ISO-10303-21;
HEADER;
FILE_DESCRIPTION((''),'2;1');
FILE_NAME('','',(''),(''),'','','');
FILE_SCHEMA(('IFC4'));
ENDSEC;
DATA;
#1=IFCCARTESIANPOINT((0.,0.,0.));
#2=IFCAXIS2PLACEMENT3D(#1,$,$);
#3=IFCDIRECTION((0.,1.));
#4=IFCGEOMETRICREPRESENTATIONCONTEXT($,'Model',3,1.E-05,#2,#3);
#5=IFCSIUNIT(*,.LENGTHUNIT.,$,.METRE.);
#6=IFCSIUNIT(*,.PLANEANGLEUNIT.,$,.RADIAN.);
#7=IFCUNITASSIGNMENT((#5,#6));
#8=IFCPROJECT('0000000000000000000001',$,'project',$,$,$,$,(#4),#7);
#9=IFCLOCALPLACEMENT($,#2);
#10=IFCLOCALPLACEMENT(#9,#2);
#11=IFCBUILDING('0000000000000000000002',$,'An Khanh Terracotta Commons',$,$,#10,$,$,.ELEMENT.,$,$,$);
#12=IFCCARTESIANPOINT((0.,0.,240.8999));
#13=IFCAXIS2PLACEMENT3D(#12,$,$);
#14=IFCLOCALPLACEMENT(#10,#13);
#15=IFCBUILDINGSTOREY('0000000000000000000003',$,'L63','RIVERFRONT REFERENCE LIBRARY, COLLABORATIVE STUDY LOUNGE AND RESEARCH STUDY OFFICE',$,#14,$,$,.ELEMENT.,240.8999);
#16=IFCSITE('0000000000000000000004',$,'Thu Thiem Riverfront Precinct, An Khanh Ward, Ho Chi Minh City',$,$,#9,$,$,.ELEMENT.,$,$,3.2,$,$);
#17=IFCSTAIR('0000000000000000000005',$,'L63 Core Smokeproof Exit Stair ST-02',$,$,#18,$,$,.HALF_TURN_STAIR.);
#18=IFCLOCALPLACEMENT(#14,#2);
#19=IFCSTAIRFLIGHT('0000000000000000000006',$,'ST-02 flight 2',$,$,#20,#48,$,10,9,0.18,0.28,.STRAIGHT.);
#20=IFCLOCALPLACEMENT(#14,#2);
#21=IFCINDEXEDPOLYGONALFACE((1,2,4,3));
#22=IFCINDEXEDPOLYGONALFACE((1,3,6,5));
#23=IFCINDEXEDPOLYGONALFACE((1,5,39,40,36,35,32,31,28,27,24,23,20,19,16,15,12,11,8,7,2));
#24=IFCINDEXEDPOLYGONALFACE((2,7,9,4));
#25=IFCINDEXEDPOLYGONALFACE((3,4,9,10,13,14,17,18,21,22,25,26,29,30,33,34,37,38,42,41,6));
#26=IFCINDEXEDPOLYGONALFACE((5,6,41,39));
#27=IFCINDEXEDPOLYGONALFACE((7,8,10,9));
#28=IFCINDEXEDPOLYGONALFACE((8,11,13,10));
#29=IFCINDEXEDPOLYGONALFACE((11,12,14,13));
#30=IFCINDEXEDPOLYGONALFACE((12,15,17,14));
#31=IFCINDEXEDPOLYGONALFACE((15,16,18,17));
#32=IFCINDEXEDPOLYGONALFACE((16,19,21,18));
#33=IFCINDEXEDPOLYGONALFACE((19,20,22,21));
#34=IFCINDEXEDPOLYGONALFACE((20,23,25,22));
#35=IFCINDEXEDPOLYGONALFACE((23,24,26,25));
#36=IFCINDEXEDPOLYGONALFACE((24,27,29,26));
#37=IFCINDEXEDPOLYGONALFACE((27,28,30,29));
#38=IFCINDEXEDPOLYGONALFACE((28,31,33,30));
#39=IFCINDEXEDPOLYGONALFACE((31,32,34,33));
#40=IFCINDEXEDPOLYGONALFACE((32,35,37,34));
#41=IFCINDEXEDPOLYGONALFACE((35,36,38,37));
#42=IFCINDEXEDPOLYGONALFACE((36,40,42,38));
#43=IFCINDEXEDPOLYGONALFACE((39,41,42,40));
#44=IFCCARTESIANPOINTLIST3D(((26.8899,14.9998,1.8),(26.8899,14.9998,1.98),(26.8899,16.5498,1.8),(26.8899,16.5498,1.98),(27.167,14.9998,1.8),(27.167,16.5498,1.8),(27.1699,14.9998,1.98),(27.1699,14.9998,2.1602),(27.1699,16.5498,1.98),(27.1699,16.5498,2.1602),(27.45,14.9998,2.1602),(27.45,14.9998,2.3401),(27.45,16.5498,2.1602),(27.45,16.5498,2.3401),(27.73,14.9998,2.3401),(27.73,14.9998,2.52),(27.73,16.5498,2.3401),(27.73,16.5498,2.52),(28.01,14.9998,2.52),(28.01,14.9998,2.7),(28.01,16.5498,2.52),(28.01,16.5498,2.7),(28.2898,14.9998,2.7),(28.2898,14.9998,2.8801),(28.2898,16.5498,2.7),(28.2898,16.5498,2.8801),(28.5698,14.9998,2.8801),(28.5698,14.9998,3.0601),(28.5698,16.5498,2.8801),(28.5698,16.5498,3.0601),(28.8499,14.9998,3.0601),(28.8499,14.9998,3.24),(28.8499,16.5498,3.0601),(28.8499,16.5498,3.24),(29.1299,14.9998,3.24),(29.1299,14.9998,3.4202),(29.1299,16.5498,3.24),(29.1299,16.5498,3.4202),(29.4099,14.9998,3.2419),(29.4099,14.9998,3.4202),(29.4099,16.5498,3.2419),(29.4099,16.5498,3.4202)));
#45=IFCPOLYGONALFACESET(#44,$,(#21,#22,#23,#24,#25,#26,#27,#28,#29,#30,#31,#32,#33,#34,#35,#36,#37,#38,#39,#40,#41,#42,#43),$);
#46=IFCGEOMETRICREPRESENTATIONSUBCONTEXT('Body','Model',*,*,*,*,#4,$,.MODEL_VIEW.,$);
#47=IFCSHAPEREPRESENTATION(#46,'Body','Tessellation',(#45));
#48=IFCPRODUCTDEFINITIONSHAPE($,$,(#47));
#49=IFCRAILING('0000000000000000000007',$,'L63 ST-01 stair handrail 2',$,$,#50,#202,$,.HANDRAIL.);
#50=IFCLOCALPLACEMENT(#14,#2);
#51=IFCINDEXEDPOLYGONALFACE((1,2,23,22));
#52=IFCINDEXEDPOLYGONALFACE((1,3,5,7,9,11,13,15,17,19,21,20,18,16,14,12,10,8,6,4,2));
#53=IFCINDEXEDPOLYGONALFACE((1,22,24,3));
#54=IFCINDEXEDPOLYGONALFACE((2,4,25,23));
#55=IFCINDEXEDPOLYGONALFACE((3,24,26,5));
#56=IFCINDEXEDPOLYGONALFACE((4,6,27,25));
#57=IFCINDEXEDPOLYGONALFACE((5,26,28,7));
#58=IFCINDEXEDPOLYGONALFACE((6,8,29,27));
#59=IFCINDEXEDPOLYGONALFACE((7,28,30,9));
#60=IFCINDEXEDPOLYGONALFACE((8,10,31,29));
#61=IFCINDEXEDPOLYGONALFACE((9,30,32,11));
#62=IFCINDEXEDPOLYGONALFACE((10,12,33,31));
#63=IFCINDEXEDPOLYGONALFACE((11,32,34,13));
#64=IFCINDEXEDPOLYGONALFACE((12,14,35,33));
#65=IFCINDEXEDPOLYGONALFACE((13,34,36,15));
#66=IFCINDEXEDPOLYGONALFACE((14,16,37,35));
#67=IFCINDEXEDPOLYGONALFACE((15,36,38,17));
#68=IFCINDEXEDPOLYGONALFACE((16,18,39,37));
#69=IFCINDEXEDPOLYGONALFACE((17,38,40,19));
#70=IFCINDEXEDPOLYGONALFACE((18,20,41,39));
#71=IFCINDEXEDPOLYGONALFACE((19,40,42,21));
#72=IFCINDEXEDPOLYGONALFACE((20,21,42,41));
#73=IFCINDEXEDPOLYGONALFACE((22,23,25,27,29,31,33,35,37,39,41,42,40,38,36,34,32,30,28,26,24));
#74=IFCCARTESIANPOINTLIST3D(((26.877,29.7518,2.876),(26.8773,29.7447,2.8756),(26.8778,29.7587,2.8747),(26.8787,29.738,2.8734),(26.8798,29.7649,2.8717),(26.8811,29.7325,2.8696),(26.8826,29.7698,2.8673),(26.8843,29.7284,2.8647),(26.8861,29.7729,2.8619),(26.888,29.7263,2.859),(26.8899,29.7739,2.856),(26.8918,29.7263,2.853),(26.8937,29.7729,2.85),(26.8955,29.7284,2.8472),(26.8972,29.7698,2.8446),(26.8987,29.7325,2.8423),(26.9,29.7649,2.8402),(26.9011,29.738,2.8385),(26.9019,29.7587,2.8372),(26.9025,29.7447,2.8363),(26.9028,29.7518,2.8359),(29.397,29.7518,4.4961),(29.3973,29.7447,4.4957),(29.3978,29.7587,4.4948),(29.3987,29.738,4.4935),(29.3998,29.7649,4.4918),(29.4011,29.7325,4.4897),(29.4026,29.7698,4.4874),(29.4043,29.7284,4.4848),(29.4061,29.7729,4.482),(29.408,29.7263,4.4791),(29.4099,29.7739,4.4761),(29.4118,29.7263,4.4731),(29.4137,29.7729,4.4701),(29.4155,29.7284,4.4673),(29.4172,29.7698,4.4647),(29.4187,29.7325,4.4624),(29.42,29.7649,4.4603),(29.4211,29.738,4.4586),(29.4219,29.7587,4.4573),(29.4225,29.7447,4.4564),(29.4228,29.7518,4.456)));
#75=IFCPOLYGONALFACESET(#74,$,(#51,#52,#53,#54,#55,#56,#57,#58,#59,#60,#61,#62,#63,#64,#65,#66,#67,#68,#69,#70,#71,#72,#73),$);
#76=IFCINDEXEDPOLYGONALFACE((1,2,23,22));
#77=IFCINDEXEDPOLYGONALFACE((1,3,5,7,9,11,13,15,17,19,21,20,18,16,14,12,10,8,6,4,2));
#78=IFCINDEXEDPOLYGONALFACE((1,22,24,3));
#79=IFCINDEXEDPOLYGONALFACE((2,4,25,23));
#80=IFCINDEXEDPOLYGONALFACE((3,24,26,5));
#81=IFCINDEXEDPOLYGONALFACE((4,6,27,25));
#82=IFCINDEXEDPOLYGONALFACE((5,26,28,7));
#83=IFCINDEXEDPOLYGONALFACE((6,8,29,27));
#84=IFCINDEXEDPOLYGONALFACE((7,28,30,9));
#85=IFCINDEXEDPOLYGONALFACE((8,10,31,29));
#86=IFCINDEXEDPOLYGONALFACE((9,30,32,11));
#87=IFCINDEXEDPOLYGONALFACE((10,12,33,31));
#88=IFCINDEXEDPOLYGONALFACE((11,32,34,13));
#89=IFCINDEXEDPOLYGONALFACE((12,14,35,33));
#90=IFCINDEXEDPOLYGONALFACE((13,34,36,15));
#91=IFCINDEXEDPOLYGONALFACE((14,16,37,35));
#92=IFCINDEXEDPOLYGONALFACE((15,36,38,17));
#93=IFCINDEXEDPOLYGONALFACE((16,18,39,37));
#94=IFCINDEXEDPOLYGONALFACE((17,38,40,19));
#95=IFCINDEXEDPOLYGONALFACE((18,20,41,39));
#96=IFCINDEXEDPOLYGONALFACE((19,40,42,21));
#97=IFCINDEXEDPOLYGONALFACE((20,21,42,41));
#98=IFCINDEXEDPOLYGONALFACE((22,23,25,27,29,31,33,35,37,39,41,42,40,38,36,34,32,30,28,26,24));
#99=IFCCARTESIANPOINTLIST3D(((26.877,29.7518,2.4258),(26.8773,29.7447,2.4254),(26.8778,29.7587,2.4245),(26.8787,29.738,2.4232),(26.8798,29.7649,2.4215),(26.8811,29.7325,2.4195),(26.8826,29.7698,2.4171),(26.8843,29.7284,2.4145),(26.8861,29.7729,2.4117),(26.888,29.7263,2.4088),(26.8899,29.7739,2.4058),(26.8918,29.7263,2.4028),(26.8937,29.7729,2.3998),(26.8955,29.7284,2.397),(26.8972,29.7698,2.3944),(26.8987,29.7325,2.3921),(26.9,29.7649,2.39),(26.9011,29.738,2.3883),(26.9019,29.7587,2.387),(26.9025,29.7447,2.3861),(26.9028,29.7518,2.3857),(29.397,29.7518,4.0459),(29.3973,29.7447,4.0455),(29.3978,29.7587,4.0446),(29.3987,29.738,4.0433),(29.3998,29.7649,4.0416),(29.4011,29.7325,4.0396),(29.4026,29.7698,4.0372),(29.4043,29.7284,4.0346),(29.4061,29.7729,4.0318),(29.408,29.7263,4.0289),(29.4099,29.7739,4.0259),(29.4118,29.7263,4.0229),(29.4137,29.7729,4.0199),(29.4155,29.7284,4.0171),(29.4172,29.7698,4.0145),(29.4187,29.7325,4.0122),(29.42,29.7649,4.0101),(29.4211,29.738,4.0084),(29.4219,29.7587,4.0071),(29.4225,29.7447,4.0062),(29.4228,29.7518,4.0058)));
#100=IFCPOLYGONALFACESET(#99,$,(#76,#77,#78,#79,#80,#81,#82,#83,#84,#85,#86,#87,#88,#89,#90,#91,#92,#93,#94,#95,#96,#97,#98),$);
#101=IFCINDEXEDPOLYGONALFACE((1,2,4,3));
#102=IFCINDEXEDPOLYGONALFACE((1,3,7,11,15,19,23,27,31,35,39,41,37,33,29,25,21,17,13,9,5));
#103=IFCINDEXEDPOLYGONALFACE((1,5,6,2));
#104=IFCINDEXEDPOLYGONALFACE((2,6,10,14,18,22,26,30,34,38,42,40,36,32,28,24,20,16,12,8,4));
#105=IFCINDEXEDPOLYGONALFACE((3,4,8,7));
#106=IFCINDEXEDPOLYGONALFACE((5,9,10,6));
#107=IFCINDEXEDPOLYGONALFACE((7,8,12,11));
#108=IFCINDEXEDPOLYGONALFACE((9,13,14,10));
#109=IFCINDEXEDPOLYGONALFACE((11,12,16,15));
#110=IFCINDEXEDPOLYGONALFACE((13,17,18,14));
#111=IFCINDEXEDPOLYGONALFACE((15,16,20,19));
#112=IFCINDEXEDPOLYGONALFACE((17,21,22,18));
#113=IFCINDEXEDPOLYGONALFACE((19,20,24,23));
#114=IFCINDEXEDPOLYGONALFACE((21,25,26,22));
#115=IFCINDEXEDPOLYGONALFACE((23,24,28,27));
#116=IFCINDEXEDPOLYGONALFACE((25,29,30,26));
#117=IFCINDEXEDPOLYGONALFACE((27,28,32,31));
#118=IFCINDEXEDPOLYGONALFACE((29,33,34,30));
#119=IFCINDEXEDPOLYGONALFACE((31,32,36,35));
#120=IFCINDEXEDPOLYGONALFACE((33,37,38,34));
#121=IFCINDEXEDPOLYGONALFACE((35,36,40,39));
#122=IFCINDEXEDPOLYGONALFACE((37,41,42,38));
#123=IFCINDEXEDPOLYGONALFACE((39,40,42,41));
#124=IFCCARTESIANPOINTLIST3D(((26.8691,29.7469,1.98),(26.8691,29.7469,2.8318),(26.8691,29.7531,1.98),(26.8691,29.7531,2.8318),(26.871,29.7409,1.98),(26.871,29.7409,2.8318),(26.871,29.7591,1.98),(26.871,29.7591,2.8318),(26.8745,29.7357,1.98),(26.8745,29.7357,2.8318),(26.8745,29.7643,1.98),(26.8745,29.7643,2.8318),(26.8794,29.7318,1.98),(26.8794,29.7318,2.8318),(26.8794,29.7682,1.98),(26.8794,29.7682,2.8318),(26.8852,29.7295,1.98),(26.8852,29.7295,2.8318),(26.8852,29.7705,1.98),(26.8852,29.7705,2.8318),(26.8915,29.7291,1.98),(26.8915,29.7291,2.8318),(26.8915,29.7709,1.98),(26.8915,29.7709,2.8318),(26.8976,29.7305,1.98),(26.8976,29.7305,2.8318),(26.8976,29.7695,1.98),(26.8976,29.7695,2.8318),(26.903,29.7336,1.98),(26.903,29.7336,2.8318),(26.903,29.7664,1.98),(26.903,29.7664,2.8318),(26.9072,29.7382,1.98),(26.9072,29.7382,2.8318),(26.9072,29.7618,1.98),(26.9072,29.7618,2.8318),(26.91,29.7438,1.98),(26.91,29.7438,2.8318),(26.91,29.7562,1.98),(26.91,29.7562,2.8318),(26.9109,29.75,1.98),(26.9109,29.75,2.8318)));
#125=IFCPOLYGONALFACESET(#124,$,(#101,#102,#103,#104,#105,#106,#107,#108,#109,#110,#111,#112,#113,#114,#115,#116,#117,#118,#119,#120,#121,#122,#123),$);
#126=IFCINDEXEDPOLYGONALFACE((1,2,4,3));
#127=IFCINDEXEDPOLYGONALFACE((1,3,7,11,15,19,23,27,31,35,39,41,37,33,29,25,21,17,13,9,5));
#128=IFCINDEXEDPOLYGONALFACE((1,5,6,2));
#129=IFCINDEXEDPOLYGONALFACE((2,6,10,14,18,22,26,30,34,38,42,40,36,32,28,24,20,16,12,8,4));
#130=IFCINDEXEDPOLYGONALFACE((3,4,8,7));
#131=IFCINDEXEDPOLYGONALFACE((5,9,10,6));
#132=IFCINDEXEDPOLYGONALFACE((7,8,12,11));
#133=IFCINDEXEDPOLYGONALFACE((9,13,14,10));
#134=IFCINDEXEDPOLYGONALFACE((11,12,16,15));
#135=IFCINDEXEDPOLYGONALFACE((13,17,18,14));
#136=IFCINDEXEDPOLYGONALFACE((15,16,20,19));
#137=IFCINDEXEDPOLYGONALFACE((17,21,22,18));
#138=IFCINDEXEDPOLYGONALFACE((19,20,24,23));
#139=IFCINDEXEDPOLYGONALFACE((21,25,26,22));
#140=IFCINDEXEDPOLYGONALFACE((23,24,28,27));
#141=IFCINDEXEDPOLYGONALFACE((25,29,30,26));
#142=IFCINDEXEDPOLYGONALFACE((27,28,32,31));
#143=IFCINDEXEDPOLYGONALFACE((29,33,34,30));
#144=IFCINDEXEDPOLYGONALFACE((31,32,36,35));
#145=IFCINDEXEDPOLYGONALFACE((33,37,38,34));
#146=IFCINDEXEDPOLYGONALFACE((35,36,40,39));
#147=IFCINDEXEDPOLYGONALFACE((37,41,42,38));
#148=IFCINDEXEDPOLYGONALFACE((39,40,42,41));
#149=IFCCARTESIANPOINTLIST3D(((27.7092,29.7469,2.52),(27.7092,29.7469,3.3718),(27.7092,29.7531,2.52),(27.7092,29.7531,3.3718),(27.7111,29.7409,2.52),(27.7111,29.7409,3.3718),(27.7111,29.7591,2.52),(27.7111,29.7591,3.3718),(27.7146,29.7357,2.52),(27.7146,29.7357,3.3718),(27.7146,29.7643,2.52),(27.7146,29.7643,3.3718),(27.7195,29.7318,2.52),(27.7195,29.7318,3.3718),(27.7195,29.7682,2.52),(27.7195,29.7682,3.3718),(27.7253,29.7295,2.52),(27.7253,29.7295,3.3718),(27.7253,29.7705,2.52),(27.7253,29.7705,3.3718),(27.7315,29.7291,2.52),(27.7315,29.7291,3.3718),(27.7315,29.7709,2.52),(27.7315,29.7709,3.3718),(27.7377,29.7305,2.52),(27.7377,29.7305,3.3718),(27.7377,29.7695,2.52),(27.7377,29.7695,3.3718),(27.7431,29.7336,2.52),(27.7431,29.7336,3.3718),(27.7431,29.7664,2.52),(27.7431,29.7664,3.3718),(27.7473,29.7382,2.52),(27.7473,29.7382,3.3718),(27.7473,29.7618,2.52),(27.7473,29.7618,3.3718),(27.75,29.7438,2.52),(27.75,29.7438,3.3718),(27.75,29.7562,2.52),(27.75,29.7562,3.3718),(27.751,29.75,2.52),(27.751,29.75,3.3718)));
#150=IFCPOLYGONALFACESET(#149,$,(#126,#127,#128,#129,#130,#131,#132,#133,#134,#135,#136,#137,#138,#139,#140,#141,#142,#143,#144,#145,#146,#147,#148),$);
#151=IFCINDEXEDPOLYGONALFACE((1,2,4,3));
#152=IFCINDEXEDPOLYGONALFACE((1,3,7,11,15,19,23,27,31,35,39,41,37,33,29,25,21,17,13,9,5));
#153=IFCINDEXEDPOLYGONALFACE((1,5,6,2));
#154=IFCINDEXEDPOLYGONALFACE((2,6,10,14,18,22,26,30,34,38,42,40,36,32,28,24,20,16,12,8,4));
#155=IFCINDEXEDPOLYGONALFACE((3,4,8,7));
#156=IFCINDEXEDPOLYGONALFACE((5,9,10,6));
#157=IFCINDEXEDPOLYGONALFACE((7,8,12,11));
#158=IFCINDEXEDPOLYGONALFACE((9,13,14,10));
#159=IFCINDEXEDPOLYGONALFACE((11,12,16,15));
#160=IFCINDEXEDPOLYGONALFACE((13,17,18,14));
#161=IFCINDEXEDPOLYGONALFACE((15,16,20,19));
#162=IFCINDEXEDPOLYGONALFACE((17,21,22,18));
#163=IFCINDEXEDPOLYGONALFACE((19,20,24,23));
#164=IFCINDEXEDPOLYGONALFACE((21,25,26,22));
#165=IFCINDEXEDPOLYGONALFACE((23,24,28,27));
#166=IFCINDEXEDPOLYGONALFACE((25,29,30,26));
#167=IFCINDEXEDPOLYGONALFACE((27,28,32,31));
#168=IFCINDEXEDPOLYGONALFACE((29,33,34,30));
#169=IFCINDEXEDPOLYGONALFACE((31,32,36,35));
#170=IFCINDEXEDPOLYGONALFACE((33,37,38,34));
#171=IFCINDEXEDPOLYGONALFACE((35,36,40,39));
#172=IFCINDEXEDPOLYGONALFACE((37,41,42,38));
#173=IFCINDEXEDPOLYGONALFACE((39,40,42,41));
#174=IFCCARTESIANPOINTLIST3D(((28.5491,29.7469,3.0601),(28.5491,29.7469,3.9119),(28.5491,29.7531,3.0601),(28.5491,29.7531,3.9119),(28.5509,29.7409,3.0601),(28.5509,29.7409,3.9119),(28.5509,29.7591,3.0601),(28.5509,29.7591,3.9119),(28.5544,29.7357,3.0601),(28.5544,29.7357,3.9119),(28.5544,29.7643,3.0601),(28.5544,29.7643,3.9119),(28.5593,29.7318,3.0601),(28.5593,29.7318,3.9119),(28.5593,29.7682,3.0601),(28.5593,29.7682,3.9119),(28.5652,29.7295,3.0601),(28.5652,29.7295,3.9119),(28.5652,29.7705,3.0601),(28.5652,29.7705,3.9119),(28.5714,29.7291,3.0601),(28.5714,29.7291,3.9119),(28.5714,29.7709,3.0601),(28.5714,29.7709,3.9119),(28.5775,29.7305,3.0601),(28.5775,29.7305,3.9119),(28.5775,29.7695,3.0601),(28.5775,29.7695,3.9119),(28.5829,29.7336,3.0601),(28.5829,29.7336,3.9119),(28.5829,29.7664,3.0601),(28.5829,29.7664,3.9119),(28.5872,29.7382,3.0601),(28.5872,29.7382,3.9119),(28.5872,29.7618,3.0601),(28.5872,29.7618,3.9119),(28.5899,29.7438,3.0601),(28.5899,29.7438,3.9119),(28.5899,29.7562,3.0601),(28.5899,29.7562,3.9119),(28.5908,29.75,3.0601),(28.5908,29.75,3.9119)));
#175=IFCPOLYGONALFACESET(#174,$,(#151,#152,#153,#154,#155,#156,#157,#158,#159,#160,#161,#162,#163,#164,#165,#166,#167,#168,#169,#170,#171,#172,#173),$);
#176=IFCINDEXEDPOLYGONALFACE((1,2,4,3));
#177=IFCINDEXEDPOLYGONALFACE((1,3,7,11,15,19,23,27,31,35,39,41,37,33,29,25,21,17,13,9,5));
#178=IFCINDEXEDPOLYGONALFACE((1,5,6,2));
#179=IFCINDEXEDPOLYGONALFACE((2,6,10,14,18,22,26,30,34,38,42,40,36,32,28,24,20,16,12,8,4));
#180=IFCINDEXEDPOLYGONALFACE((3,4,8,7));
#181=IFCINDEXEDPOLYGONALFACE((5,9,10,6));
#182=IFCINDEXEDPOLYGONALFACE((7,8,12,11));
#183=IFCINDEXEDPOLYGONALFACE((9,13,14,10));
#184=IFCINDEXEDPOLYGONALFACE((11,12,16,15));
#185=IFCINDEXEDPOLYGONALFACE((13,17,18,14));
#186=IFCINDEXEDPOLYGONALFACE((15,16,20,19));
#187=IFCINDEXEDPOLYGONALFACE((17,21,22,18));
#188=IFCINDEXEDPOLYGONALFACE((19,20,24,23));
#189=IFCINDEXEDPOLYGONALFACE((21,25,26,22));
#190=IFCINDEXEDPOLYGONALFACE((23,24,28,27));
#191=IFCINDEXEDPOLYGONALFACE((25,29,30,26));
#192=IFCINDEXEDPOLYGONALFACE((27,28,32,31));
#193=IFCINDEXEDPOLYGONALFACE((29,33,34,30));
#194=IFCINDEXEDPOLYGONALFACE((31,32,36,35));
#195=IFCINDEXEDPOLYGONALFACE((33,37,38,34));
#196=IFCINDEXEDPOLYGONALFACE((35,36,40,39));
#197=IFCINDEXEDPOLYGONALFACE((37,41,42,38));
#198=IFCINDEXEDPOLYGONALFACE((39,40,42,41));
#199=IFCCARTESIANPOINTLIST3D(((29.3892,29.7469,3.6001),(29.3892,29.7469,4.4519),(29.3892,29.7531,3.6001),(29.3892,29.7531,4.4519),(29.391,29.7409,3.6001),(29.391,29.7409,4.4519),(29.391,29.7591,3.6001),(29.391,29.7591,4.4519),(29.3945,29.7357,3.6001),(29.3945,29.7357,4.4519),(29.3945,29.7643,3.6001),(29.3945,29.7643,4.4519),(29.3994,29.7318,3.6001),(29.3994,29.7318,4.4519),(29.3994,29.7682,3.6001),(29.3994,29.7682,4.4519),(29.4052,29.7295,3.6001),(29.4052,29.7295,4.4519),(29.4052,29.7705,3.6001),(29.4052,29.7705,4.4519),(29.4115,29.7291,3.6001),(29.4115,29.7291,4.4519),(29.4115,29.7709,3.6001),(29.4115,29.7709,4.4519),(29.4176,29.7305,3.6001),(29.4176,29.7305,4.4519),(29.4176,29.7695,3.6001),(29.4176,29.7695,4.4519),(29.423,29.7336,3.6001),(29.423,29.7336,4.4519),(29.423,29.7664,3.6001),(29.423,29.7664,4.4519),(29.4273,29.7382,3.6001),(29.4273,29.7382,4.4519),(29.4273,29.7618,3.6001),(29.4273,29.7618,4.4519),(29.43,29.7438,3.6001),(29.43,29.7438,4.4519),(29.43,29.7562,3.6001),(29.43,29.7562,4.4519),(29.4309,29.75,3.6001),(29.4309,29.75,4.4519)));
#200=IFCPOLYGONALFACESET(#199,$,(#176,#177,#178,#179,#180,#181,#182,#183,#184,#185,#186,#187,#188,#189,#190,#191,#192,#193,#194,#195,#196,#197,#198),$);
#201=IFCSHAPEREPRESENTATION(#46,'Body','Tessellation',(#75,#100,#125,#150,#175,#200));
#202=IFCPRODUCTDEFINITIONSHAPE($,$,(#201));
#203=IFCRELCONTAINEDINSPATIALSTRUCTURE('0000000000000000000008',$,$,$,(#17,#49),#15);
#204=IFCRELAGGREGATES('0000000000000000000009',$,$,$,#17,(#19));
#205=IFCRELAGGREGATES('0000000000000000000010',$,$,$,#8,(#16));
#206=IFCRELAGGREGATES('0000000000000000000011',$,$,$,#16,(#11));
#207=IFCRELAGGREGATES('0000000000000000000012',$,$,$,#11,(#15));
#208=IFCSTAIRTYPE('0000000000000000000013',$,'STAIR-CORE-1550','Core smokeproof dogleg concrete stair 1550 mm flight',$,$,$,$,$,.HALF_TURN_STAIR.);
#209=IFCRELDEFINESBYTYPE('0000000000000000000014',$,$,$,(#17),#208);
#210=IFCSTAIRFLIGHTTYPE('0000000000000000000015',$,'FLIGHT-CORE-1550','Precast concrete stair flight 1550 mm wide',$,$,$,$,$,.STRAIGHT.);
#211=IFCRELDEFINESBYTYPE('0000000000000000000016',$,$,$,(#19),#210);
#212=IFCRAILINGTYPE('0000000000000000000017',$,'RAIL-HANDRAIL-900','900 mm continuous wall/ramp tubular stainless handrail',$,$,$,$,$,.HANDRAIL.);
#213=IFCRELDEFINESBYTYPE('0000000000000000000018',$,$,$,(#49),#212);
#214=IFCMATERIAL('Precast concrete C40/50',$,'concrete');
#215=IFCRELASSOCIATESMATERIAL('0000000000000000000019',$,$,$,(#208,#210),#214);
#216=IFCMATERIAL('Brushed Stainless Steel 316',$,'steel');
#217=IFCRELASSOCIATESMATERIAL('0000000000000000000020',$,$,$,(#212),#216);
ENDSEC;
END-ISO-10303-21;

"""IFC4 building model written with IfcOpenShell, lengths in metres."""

from ifc_helpers import new_model, si_unit, direction, frame, origin, origin_2d, place, context, subcontext, project, spatial, polyline, circle, outline, extrude, material, type_object, element, aggregate, save


model = new_model("IFC4")

# Units and contexts
model_context = context("Model", 3, precision=1e-05, world=origin(), true_north=direction((0.0, 1.0)))
body_context = subcontext(model_context, "Body", "Model", "MODEL_VIEW")
ifc_project = project(units=[si_unit("LENGTHUNIT", "METRE"), si_unit("PLANEANGLEUNIT", "RADIAN")], contexts=[model_context])

# Site, building, storey
site_placement = place(None, origin())
site = spatial("IfcSite", under=ifc_project, at=site_placement, Name="Thu Thiem Riverfront Precinct, An Khanh Ward, Ho Chi Minh City", CompositionType="ELEMENT", RefElevation=3.2)
building_placement = place(site_placement, origin())
building = spatial("IfcBuilding", under=site, at=building_placement, Name="An Khanh Terracotta Commons", CompositionType="ELEMENT")
storey_placement = place(building_placement, frame((0.0, 0.0, 240.8999)))
storey = spatial("IfcBuildingStorey", under=building, at=storey_placement, Name="L63", Description="RIVERFRONT REFERENCE LIBRARY, COLLABORATIVE STUDY LOUNGE AND RESEARCH STUDY OFFICE", CompositionType="ELEMENT", Elevation=240.8999)

# Stair, stair flight
ifc_material_1 = material(Name="Precast concrete C40/50", Category="concrete")
stair_type = type_object("IfcStairType", Name="STAIR-CORE-1550", Description="Core smokeproof dogleg concrete stair 1550 mm flight", PredefinedType="HALF_TURN_STAIR", material=ifc_material_1)
stair_flight_type = type_object("IfcStairFlightType", Name="FLIGHT-CORE-1550", Description="Precast concrete stair flight 1550 mm wide", PredefinedType="STRAIGHT", material=ifc_material_1)
stair_1_placement = place(storey_placement, origin())
stair_1 = element("IfcStair", 1, at=stair_1_placement, inside=storey, type_object=stair_type, Name="L63 Core Smokeproof Exit Stair ST-02", PredefinedType="HALF_TURN_STAIR")
stair_flight_1_placement = place(storey_placement, frame((26.8899, 15.7749, 1.8), z_axis=(0.0, 0.0, 1.0), x_axis=(1.0, 0.0, 0.0)))
stair_flight_1 = element("IfcStairFlight", 2, at=stair_flight_1_placement, type_object=stair_flight_type, Name="ST-02 flight 2", NumberOfRisers=10, NumberOfTreads=9, PredefinedType="STRAIGHT", RiserHeight=0.18, TreadLength=0.28, context=body_context, shape_type="SweptSolid", body=[
    extrude(outline(polyline([(0.0, 0.0), (0.0, 0.1799), (0.28, 0.1799), (0.28, 0.3601), (0.5601, 0.3601), (0.5601, 0.54), (0.8401, 0.54), (0.8401, 0.72), (1.1201, 0.72), (1.1201, 0.8999), (1.3999, 0.8999), (1.3999, 1.0801), (1.6799, 1.0801), (1.6799, 1.26), (1.96, 1.26), (1.96, 1.4399), (2.24, 1.4399), (2.24, 1.6201), (2.52, 1.6201), (2.52, 1.8), (2.52, 1.4419), (0.2771, 0.0), (0.0, 0.0)])), frame((0.0, 0.7749, 0.0), z_axis=(0.0, -1.0, 0.0), x_axis=(1.0, 0.0, 0.0)), (0.0, 0.0, 1.0), 1.55),
])
aggregate(stair_1, [stair_flight_1])

# Railing
ifc_material_2 = material(Name="Brushed Stainless Steel 316", Category="steel")
railing_type_1 = type_object("IfcRailingType", Name="RAIL-HANDRAIL-900", Description="900 mm continuous wall/ramp tubular stainless handrail", PredefinedType="HANDRAIL", material=ifc_material_2)
railing_1_placement = place(storey_placement, frame((26.8899, 29.75, 1.98)))
element("IfcRailing", 3, at=railing_1_placement, inside=storey, type_object=railing_type_1, Name="L63 ST-01 stair handrail 2", PredefinedType="HANDRAIL", context=body_context, shape_type="SweptSolid", body=[
    extrude(circle(Radius=0.0239, at=origin_2d()), frame((0.0, 0.0, 0.876), z_axis=(0.841163, 0.0, 0.540782), x_axis=(0.0, 1.0, 0.0)), (0.0, 0.0, 1.0), 2.9958),
    extrude(circle(Radius=0.0239, at=origin_2d()), frame((0.0, 0.0, 0.4258), z_axis=(0.841163, 0.0, 0.540782), x_axis=(0.0, 1.0, 0.0)), (0.0, 0.0, 1.0), 2.9958),
    extrude(circle(Radius=0.021, at=origin_2d()), origin(), (0.0, 0.0, 1.0), 0.8518),
    extrude(circle(Radius=0.021, at=origin_2d()), frame((0.8401, 0.0, 0.54)), (0.0, 0.0, 1.0), 0.8518),
    extrude(circle(Radius=0.021, at=origin_2d()), frame((1.6799, 0.0, 1.0801)), (0.0, 0.0, 1.0), 0.8518),
    extrude(circle(Radius=0.021, at=origin_2d()), frame((2.52, 0.0, 1.6201)), (0.0, 0.0, 1.0), 0.8518),
])

save(model, "model.ifc")
